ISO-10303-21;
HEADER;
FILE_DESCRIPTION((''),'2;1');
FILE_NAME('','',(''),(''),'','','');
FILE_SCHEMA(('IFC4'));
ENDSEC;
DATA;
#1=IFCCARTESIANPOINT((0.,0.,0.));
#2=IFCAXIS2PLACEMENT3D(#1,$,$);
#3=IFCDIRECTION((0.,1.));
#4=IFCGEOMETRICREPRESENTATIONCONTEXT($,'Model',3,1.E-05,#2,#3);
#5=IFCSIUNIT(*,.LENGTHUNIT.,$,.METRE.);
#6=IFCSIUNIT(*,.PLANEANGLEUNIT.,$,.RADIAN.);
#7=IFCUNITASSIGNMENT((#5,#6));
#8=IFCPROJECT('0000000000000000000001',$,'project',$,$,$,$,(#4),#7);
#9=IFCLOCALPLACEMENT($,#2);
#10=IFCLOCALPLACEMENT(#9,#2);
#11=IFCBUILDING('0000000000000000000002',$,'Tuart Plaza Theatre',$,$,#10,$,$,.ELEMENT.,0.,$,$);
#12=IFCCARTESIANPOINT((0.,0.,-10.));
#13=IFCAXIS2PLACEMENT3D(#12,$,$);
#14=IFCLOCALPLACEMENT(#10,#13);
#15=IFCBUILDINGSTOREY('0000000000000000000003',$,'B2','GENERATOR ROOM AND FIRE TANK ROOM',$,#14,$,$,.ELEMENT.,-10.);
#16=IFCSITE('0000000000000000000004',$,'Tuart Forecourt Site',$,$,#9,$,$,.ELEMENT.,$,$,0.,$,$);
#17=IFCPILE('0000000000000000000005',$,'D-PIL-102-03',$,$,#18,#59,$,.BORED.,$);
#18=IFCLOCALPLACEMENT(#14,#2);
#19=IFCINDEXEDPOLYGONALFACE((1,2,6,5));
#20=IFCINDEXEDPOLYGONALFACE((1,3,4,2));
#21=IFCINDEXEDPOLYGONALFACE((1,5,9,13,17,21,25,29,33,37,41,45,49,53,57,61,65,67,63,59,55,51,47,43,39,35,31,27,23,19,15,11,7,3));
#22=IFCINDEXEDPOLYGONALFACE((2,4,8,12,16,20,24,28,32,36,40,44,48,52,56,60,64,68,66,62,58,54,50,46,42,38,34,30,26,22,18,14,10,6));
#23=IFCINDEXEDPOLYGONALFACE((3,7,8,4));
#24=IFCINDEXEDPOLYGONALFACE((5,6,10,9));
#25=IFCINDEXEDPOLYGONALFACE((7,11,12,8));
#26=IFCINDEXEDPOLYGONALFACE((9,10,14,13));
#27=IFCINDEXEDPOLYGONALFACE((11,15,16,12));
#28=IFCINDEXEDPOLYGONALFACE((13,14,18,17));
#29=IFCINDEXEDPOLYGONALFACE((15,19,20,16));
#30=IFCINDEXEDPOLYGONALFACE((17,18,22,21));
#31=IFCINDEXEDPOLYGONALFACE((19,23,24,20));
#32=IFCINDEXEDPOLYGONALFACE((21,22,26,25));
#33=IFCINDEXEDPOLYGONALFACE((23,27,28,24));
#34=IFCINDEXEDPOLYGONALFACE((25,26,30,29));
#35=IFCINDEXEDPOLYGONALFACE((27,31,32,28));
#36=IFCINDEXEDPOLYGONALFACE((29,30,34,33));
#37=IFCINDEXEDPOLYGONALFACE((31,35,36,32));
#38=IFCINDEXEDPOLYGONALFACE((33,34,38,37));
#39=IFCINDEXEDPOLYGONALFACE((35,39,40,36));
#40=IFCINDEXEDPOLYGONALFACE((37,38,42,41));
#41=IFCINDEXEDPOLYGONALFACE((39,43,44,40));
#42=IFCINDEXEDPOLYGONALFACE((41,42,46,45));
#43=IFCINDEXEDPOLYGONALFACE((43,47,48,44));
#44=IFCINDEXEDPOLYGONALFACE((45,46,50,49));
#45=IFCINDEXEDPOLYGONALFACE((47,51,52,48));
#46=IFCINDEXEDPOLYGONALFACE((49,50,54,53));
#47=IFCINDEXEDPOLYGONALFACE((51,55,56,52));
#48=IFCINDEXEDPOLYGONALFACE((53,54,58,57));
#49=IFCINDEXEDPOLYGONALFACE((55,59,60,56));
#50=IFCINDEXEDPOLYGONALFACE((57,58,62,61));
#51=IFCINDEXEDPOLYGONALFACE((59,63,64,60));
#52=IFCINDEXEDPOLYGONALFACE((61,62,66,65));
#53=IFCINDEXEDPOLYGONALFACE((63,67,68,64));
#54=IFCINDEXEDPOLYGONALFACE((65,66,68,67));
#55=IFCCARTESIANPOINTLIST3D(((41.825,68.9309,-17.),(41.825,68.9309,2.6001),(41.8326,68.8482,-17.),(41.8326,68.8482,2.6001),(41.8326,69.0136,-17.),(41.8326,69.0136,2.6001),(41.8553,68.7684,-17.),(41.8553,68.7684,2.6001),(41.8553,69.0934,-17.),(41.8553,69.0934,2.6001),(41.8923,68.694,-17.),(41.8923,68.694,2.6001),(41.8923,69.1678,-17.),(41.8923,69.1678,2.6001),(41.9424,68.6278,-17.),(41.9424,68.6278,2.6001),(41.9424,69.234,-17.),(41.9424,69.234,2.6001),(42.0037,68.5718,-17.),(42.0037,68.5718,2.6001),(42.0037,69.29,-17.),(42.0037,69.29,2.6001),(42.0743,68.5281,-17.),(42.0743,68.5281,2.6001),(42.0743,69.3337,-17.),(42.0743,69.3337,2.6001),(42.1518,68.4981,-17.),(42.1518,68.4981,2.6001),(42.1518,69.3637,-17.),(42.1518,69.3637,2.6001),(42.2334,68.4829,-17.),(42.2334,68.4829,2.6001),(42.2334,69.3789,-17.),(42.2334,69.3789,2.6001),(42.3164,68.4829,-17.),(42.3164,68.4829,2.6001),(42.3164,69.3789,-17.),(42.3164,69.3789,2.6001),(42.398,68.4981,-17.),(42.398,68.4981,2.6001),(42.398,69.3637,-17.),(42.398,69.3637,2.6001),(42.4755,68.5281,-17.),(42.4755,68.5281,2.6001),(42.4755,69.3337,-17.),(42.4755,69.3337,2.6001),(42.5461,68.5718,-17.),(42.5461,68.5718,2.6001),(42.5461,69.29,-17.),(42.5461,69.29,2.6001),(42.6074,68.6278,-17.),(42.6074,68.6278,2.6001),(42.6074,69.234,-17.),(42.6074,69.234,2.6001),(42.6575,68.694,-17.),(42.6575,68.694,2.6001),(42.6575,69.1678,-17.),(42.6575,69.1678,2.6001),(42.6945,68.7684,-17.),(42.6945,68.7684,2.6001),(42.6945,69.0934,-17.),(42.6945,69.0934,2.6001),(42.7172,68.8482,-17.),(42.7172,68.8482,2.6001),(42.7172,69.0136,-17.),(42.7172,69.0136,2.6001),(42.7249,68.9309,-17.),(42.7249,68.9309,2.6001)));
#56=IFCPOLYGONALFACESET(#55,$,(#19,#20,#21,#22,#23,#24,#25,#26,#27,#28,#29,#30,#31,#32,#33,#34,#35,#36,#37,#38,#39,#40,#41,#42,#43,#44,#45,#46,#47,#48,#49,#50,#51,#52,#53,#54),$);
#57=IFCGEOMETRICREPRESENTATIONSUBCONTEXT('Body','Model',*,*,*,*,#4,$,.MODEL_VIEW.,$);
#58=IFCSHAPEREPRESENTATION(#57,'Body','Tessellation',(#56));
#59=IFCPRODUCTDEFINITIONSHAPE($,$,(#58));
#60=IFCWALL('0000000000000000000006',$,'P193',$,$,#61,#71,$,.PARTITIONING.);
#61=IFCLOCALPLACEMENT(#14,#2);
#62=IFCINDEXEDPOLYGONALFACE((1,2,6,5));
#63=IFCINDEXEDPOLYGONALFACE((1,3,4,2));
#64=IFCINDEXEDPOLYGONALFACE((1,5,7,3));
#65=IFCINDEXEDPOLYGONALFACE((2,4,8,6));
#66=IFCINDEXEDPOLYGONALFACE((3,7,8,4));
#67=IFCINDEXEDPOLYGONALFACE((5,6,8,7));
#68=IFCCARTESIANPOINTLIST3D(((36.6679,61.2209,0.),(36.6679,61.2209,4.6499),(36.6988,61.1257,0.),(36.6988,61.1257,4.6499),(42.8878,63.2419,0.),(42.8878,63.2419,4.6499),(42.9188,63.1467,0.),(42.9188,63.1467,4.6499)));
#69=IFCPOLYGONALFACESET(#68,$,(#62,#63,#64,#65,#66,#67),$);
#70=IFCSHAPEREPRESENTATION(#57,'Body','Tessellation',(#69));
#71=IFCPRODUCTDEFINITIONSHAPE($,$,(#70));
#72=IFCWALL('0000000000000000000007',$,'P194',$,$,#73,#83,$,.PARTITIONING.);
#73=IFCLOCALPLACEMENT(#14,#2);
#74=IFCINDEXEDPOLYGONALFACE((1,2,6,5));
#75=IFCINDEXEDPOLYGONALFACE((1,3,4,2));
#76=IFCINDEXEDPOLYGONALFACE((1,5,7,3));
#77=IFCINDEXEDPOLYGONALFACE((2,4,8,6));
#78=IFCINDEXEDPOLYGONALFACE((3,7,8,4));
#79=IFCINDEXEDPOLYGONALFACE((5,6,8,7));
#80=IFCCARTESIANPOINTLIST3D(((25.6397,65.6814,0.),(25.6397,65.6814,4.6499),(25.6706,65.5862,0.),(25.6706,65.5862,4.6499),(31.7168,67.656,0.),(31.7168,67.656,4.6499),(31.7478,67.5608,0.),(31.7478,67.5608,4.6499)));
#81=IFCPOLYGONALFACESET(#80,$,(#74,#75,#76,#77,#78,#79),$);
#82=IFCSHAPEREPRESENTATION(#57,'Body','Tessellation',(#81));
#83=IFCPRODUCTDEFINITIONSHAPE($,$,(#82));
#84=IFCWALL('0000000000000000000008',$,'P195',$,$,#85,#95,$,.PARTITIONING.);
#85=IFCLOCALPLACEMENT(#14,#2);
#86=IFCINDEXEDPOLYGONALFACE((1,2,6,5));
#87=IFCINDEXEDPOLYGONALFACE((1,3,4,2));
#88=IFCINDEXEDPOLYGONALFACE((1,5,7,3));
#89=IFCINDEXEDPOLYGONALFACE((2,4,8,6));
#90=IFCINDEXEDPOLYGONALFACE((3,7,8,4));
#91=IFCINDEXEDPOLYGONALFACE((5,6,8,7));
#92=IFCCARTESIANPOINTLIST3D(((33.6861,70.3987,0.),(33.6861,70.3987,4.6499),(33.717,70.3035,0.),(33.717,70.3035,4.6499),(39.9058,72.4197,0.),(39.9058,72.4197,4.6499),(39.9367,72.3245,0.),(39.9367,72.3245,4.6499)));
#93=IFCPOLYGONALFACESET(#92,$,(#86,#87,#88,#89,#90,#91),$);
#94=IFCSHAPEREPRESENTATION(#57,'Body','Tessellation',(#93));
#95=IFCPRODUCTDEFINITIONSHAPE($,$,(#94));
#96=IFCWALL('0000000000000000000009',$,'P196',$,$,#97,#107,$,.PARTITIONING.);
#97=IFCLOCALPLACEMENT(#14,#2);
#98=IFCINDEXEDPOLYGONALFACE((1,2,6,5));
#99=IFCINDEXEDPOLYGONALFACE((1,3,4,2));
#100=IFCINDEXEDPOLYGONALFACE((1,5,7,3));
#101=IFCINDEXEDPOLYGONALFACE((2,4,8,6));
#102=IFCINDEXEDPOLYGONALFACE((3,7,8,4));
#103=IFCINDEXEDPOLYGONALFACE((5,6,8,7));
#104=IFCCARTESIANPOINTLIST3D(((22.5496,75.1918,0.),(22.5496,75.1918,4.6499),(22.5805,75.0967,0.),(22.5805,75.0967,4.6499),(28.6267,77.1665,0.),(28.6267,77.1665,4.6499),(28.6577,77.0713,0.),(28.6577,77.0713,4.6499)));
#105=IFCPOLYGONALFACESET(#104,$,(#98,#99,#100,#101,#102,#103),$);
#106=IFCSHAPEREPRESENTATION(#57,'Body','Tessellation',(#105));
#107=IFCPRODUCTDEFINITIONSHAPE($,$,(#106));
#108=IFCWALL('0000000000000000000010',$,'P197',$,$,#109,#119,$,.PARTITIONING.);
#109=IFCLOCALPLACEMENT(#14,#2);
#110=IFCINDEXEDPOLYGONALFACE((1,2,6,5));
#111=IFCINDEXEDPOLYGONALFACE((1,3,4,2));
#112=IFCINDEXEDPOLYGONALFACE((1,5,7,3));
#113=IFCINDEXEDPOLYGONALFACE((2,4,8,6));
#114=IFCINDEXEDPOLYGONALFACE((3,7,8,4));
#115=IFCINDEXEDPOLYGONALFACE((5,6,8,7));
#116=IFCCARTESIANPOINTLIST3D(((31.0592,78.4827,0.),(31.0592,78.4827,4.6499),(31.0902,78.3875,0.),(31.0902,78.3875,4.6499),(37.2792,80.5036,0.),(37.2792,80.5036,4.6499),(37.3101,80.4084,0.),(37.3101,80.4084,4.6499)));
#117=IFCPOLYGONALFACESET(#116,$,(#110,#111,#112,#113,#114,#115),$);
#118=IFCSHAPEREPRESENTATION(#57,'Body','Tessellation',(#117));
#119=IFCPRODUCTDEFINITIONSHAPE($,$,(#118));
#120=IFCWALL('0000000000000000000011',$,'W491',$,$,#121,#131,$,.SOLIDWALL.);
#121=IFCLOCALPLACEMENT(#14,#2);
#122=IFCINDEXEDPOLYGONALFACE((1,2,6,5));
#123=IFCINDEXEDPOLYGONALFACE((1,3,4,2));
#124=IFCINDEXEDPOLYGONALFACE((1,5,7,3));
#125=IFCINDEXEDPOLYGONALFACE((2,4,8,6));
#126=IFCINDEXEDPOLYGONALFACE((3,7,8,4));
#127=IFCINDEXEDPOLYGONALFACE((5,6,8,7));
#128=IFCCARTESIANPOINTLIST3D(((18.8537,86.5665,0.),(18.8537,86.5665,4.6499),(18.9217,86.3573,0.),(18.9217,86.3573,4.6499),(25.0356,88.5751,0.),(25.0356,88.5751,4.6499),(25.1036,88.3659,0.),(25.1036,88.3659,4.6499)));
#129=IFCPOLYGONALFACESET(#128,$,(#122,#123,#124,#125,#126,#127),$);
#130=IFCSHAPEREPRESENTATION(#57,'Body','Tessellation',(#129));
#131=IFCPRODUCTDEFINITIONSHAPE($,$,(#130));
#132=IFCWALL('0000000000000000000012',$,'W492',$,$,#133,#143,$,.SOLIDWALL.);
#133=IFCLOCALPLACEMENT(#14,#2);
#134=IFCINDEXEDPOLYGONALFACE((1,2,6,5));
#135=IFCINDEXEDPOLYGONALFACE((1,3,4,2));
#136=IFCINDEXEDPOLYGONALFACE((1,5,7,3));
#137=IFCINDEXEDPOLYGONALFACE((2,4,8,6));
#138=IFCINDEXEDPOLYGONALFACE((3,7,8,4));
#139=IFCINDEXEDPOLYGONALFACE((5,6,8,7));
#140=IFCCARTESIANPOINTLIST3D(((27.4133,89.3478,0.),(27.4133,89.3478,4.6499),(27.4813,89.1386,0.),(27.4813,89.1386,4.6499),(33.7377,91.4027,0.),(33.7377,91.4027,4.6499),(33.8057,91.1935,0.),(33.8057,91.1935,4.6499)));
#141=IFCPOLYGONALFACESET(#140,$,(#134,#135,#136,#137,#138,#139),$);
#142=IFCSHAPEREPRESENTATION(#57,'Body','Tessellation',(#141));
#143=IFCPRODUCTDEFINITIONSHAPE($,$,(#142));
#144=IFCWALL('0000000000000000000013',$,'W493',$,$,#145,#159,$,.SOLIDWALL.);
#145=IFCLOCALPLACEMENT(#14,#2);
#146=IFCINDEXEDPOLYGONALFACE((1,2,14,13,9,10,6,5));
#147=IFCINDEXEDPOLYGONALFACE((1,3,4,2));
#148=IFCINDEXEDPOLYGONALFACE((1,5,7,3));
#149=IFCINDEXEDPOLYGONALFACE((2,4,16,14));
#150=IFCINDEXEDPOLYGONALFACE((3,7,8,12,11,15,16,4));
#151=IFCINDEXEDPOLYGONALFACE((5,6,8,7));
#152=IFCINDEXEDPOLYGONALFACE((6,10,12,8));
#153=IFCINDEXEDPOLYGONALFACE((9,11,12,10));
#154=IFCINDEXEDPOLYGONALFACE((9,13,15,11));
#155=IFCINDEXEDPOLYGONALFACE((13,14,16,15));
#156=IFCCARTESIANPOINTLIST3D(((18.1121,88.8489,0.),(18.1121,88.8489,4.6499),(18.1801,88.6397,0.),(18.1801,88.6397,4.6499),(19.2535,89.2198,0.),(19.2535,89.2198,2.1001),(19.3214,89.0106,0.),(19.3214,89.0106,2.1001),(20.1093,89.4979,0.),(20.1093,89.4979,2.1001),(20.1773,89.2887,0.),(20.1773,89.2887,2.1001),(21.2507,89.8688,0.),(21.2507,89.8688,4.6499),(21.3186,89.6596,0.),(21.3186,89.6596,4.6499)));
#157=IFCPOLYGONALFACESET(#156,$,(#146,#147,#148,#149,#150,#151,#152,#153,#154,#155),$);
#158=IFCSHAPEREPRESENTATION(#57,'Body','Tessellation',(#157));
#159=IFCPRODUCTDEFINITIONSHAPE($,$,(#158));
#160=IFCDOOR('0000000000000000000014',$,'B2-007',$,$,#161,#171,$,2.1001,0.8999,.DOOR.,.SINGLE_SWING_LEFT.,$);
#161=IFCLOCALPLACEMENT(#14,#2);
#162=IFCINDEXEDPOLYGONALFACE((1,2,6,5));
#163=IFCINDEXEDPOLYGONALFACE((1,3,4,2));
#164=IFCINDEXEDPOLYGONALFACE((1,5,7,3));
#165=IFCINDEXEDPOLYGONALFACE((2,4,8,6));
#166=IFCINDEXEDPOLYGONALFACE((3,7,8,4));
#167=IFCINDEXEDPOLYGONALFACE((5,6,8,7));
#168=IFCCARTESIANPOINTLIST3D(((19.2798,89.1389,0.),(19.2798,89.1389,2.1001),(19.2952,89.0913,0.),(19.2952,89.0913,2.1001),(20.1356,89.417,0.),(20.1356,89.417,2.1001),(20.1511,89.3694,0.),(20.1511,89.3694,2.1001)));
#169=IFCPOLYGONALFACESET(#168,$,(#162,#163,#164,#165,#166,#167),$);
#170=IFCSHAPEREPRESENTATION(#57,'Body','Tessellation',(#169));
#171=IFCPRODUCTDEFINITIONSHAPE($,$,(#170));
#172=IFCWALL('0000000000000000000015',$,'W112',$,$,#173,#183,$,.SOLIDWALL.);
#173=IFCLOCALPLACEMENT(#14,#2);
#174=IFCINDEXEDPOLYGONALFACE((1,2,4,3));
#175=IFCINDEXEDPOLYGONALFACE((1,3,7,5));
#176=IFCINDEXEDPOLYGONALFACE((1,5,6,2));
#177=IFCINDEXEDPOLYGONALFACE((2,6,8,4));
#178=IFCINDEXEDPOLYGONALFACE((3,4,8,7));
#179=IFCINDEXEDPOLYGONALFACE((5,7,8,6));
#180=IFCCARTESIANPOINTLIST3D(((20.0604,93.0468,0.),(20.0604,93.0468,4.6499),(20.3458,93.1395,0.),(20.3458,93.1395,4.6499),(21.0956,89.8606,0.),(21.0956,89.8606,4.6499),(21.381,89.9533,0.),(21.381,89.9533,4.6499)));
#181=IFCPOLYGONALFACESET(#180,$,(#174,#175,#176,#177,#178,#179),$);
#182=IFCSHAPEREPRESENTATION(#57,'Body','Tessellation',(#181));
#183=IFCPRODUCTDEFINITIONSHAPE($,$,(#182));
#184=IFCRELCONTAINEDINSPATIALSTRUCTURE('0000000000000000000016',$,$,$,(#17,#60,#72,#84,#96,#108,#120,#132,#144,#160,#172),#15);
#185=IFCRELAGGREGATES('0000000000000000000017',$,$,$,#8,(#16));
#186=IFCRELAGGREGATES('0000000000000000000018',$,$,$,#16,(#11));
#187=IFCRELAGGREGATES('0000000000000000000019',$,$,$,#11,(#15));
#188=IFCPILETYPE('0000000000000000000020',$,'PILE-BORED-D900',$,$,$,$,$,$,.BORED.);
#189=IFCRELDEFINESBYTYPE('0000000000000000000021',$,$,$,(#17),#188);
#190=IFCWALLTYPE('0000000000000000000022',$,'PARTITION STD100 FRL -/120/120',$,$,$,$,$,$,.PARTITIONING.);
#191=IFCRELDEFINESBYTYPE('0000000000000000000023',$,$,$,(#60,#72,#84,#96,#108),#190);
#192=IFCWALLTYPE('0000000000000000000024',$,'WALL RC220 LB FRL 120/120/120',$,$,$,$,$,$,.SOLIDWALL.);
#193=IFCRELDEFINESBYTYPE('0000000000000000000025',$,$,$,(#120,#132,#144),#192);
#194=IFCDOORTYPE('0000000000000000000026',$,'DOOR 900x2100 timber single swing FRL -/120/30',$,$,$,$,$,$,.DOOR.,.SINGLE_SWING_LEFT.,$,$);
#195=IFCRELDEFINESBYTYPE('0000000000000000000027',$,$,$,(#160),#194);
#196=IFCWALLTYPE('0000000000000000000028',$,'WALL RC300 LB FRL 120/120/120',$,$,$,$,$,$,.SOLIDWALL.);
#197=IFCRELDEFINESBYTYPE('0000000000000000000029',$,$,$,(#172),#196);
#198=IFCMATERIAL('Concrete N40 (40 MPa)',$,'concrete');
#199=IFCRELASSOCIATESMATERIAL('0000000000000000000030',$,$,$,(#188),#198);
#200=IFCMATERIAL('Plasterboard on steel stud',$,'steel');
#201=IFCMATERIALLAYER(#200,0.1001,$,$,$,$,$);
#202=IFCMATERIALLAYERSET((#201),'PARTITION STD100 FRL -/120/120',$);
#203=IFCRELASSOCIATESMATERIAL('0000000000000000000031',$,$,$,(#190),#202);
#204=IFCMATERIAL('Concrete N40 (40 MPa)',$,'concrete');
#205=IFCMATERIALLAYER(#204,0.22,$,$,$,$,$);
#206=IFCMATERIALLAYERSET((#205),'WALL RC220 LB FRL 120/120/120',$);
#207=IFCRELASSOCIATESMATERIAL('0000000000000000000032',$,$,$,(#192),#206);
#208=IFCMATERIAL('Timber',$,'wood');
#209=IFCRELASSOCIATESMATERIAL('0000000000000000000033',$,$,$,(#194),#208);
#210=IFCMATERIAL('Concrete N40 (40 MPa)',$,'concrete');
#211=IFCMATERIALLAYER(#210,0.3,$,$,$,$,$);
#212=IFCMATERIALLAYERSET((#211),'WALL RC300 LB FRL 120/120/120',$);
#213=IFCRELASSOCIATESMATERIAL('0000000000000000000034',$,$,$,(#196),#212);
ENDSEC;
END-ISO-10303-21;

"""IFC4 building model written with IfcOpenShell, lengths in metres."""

from ifc_helpers import new_model, si_unit, direction, frame, frame_2d, origin, origin_2d, place, context, subcontext, project, spatial, rectangle, circle, extrude, material, layer, layer_set, material_profile, profile_set, type_object, element, fill, save


model = new_model("IFC4")

# Units and contexts
model_context = context("Model", 3, precision=1e-05, world=origin(), true_north=direction((0.0, 1.0)))
body_context = subcontext(model_context, "Body", "Model", "MODEL_VIEW")
ifc_project = project(units=[si_unit("LENGTHUNIT", "METRE"), si_unit("PLANEANGLEUNIT", "RADIAN")], contexts=[model_context])

# Site, building, storey
site_placement = place(None, origin())
site = spatial("IfcSite", under=ifc_project, at=site_placement, Name="Tuart Forecourt Site", CompositionType="ELEMENT", RefElevation=0.0)
building_placement = place(site_placement, origin())
building = spatial("IfcBuilding", under=site, at=building_placement, Name="Tuart Plaza Theatre", CompositionType="ELEMENT", ElevationOfRefHeight=0.0)
storey_placement = place(building_placement, frame((0.0, 0.0, -10.0)))
storey = spatial("IfcBuildingStorey", under=building, at=storey_placement, Name="B2", Description="GENERATOR ROOM AND FIRE TANK ROOM", CompositionType="ELEMENT", Elevation=-10.0)

# Pile
ifc_material_1 = material(Name="Concrete N40 (40 MPa)", Category="concrete")
ifc_material_profile_1 = material_profile(ifc_material_1, circle(Radius=0.45, at=origin_2d()), Name="PILE-BORED-D900")
ifc_profile_set_1 = profile_set([ifc_material_profile_1], Name="Concrete N40 (40 MPa)")
pile_type_1 = type_object("IfcPileType", Name="PILE-BORED-D900", PredefinedType="BORED", material=ifc_profile_set_1)
pile_1_placement = place(storey_placement, frame((42.2749, 68.9309, 2.6001), z_axis=(0.0, 0.0, -1.0), x_axis=(1.0, 0.0, 0.0)))
element("IfcPile", 1, at=pile_1_placement, inside=storey, type_object=pile_type_1, Name="D-PIL-102-03", PredefinedType="BORED", context=body_context, shape_type="SweptSolid", body=[
    extrude(circle(Radius=0.45, at=origin_2d()), origin(), (0.0, 0.0, 1.0), 19.6001),
])

# Walls
ifc_material_2 = material(Name="Plasterboard on steel stud", Category="steel")
ifc_layer_1 = layer(ifc_material_2, 0.1001)
ifc_layer_set_1 = layer_set([ifc_layer_1], Name="PARTITION STD100 FRL -/120/120")
wall_type_1 = type_object("IfcWallType", Name="PARTITION STD100 FRL -/120/120", PredefinedType="PARTITIONING", material=ifc_layer_set_1)
wall_1_placement = place(storey_placement, frame((36.6833, 61.1733, 0.0), z_axis=(0.0, 0.0, 1.0), x_axis=(0.951056, 0.309018, 0.0)))
element("IfcWall", 2, at=wall_1_placement, inside=storey, type_object=wall_type_1, Name="P193", PredefinedType="PARTITIONING", context=body_context, shape_type="SweptSolid", body=[
    extrude(rectangle(XDim=6.54, YDim=0.1001, at=frame_2d((3.27, 0.0))), origin(), (0.0, 0.0, 1.0), 4.6499),
])
wall_2_placement = place(storey_placement, frame((25.6553, 65.6338, 0.0), z_axis=(0.0, 0.0, 1.0), x_axis=(0.951055, 0.30902, 0.0)))
element("IfcWall", 3, at=wall_2_placement, inside=storey, type_object=wall_type_1, Name="P194", PredefinedType="PARTITIONING", context=body_context, shape_type="SweptSolid", body=[
    extrude(rectangle(XDim=6.3899, YDim=0.1001, at=frame_2d((3.1948, 0.0))), origin(), (0.0, 0.0, 1.0), 4.6499),
])
wall_3_placement = place(storey_placement, frame((33.7014, 70.3511, 0.0), z_axis=(0.0, 0.0, 1.0), x_axis=(0.951053, 0.309029, 0.0)))
element("IfcWall", 4, at=wall_3_placement, inside=storey, type_object=wall_type_1, Name="P195", PredefinedType="PARTITIONING", context=body_context, shape_type="SweptSolid", body=[
    extrude(rectangle(XDim=6.5398, YDim=0.1001, at=frame_2d((3.27, 0.0))), origin(), (0.0, 0.0, 1.0), 4.6499),
])
wall_4_placement = place(storey_placement, frame((22.5652, 75.1443, 0.0), z_axis=(0.0, 0.0, 1.0), x_axis=(0.951055, 0.30902, 0.0)))
element("IfcWall", 5, at=wall_4_placement, inside=storey, type_object=wall_type_1, Name="P196", PredefinedType="PARTITIONING", context=body_context, shape_type="SweptSolid", body=[
    extrude(rectangle(XDim=6.3899, YDim=0.1001, at=frame_2d((3.1948, 0.0))), origin(), (0.0, 0.0, 1.0), 4.6499),
])
wall_5_placement = place(storey_placement, frame((31.0747, 78.4351, 0.0), z_axis=(0.0, 0.0, 1.0), x_axis=(0.951056, 0.309018, 0.0)))
element("IfcWall", 6, at=wall_5_placement, inside=storey, type_object=wall_type_1, Name="P197", PredefinedType="PARTITIONING", context=body_context, shape_type="SweptSolid", body=[
    extrude(rectangle(XDim=6.54, YDim=0.1001, at=frame_2d((3.27, 0.0))), origin(), (0.0, 0.0, 1.0), 4.6499),
])
ifc_material_3 = material(Name="Concrete N40 (40 MPa)", Category="concrete")
ifc_layer_2 = layer(ifc_material_3, 0.22)
ifc_layer_set_2 = layer_set([ifc_layer_2], Name="WALL RC220 LB FRL 120/120/120")
wall_type_2 = type_object("IfcWallType", Name="WALL RC220 LB FRL 120/120/120", PredefinedType="SOLIDWALL", material=ifc_layer_set_2)
wall_6_placement = place(storey_placement, frame((18.8877, 86.4619, 0.0), z_axis=(0.0, 0.0, 1.0), x_axis=(0.95106, 0.309007, 0.0)))
element("IfcWall", 7, at=wall_6_placement, inside=storey, type_object=wall_type_2, Name="W491", PredefinedType="SOLIDWALL", context=body_context, shape_type="SweptSolid", body=[
    extrude(rectangle(XDim=6.5, YDim=0.22, at=frame_2d((3.25, 0.0))), origin(), (0.0, 0.0, 1.0), 4.6499),
])
wall_7_placement = place(storey_placement, frame((27.4473, 89.2432, 0.0), z_axis=(0.0, 0.0, 1.0), x_axis=(0.951057, 0.309016, 0.0)))
element("IfcWall", 8, at=wall_7_placement, inside=storey, type_object=wall_type_2, Name="W492", PredefinedType="SOLIDWALL", context=body_context, shape_type="SweptSolid", body=[
    extrude(rectangle(XDim=6.6499, YDim=0.22, at=frame_2d((3.325, 0.0))), origin(), (0.0, 0.0, 1.0), 4.6499),
])

# Wall, opening, door
wall_8_placement = place(storey_placement, frame((18.1462, 88.7444, 0.0), z_axis=(0.0, 0.0, 1.0), x_axis=(0.951053, 0.309028, 0.0)))
wall_8 = element("IfcWall", 9, at=wall_8_placement, inside=storey, type_object=wall_type_2, Name="W493", PredefinedType="SOLIDWALL", context=body_context, shape_type="SweptSolid", body=[
    extrude(rectangle(XDim=3.3, YDim=0.22, at=frame_2d((1.6499, 0.0))), origin(), (0.0, 0.0, 1.0), 4.6499),
])
opening_placement = place(wall_8_placement, frame((1.2, 0.0, 0.0)))
opening = element("IfcOpeningElement", 10, at=opening_placement, cuts=wall_8, PredefinedType="OPENING", context=body_context, shape_type="SweptSolid", body=[
    extrude(rectangle(XDim=0.8999, YDim=2.1001, at=frame_2d((0.45, 1.05))), frame((0.0, 0.1199, 0.0), z_axis=(0.0, -1.0, 0.0), x_axis=(1.0, 0.0, 0.0)), (0.0, 0.0, 1.0), 0.24),
])
ifc_material_4 = material(Name="Timber", Category="wood")
door_type = type_object("IfcDoorType", Name="DOOR 900x2100 timber single swing FRL -/120/30", OperationType="SINGLE_SWING_LEFT", PredefinedType="DOOR", material=ifc_material_4)
door_placement = place(opening_placement, origin())
door = element("IfcDoor", 11, at=door_placement, inside=storey, type_object=door_type, Name="B2-007", OperationType="SINGLE_SWING_LEFT", OverallHeight=2.1001, OverallWidth=0.8999, PredefinedType="DOOR", context=body_context, shape_type="SweptSolid", body=[
    extrude(rectangle(XDim=0.8999, YDim=2.1001, at=frame_2d((0.45, 1.05))), frame((0.0, 0.0249, 0.0), z_axis=(0.0, -1.0, 0.0), x_axis=(1.0, 0.0, 0.0)), (0.0, 0.0, 1.0), 0.05),
])
fill(opening, door)

# Wall
ifc_material_5 = material(Name="Concrete N40 (40 MPa)", Category="concrete")
ifc_layer_3 = layer(ifc_material_5, 0.3)
ifc_layer_set_3 = layer_set([ifc_layer_3], Name="WALL RC300 LB FRL 120/120/120")
wall_type_3 = type_object("IfcWallType", Name="WALL RC300 LB FRL 120/120/120", PredefinedType="SOLIDWALL", material=ifc_layer_set_3)
wall_9_placement = place(storey_placement, frame((21.2383, 89.907, 0.0), z_axis=(0.0, 0.0, 1.0), x_axis=(-0.309004, 0.951061, 0.0)))
element("IfcWall", 12, at=wall_9_placement, inside=storey, type_object=wall_type_3, Name="W112", PredefinedType="SOLIDWALL", context=body_context, shape_type="SweptSolid", body=[
    extrude(rectangle(XDim=3.3501, YDim=0.3, at=frame_2d((1.675, 0.0))), origin(), (0.0, 0.0, 1.0), 4.6499),
])

save(model, "model.ifc")
